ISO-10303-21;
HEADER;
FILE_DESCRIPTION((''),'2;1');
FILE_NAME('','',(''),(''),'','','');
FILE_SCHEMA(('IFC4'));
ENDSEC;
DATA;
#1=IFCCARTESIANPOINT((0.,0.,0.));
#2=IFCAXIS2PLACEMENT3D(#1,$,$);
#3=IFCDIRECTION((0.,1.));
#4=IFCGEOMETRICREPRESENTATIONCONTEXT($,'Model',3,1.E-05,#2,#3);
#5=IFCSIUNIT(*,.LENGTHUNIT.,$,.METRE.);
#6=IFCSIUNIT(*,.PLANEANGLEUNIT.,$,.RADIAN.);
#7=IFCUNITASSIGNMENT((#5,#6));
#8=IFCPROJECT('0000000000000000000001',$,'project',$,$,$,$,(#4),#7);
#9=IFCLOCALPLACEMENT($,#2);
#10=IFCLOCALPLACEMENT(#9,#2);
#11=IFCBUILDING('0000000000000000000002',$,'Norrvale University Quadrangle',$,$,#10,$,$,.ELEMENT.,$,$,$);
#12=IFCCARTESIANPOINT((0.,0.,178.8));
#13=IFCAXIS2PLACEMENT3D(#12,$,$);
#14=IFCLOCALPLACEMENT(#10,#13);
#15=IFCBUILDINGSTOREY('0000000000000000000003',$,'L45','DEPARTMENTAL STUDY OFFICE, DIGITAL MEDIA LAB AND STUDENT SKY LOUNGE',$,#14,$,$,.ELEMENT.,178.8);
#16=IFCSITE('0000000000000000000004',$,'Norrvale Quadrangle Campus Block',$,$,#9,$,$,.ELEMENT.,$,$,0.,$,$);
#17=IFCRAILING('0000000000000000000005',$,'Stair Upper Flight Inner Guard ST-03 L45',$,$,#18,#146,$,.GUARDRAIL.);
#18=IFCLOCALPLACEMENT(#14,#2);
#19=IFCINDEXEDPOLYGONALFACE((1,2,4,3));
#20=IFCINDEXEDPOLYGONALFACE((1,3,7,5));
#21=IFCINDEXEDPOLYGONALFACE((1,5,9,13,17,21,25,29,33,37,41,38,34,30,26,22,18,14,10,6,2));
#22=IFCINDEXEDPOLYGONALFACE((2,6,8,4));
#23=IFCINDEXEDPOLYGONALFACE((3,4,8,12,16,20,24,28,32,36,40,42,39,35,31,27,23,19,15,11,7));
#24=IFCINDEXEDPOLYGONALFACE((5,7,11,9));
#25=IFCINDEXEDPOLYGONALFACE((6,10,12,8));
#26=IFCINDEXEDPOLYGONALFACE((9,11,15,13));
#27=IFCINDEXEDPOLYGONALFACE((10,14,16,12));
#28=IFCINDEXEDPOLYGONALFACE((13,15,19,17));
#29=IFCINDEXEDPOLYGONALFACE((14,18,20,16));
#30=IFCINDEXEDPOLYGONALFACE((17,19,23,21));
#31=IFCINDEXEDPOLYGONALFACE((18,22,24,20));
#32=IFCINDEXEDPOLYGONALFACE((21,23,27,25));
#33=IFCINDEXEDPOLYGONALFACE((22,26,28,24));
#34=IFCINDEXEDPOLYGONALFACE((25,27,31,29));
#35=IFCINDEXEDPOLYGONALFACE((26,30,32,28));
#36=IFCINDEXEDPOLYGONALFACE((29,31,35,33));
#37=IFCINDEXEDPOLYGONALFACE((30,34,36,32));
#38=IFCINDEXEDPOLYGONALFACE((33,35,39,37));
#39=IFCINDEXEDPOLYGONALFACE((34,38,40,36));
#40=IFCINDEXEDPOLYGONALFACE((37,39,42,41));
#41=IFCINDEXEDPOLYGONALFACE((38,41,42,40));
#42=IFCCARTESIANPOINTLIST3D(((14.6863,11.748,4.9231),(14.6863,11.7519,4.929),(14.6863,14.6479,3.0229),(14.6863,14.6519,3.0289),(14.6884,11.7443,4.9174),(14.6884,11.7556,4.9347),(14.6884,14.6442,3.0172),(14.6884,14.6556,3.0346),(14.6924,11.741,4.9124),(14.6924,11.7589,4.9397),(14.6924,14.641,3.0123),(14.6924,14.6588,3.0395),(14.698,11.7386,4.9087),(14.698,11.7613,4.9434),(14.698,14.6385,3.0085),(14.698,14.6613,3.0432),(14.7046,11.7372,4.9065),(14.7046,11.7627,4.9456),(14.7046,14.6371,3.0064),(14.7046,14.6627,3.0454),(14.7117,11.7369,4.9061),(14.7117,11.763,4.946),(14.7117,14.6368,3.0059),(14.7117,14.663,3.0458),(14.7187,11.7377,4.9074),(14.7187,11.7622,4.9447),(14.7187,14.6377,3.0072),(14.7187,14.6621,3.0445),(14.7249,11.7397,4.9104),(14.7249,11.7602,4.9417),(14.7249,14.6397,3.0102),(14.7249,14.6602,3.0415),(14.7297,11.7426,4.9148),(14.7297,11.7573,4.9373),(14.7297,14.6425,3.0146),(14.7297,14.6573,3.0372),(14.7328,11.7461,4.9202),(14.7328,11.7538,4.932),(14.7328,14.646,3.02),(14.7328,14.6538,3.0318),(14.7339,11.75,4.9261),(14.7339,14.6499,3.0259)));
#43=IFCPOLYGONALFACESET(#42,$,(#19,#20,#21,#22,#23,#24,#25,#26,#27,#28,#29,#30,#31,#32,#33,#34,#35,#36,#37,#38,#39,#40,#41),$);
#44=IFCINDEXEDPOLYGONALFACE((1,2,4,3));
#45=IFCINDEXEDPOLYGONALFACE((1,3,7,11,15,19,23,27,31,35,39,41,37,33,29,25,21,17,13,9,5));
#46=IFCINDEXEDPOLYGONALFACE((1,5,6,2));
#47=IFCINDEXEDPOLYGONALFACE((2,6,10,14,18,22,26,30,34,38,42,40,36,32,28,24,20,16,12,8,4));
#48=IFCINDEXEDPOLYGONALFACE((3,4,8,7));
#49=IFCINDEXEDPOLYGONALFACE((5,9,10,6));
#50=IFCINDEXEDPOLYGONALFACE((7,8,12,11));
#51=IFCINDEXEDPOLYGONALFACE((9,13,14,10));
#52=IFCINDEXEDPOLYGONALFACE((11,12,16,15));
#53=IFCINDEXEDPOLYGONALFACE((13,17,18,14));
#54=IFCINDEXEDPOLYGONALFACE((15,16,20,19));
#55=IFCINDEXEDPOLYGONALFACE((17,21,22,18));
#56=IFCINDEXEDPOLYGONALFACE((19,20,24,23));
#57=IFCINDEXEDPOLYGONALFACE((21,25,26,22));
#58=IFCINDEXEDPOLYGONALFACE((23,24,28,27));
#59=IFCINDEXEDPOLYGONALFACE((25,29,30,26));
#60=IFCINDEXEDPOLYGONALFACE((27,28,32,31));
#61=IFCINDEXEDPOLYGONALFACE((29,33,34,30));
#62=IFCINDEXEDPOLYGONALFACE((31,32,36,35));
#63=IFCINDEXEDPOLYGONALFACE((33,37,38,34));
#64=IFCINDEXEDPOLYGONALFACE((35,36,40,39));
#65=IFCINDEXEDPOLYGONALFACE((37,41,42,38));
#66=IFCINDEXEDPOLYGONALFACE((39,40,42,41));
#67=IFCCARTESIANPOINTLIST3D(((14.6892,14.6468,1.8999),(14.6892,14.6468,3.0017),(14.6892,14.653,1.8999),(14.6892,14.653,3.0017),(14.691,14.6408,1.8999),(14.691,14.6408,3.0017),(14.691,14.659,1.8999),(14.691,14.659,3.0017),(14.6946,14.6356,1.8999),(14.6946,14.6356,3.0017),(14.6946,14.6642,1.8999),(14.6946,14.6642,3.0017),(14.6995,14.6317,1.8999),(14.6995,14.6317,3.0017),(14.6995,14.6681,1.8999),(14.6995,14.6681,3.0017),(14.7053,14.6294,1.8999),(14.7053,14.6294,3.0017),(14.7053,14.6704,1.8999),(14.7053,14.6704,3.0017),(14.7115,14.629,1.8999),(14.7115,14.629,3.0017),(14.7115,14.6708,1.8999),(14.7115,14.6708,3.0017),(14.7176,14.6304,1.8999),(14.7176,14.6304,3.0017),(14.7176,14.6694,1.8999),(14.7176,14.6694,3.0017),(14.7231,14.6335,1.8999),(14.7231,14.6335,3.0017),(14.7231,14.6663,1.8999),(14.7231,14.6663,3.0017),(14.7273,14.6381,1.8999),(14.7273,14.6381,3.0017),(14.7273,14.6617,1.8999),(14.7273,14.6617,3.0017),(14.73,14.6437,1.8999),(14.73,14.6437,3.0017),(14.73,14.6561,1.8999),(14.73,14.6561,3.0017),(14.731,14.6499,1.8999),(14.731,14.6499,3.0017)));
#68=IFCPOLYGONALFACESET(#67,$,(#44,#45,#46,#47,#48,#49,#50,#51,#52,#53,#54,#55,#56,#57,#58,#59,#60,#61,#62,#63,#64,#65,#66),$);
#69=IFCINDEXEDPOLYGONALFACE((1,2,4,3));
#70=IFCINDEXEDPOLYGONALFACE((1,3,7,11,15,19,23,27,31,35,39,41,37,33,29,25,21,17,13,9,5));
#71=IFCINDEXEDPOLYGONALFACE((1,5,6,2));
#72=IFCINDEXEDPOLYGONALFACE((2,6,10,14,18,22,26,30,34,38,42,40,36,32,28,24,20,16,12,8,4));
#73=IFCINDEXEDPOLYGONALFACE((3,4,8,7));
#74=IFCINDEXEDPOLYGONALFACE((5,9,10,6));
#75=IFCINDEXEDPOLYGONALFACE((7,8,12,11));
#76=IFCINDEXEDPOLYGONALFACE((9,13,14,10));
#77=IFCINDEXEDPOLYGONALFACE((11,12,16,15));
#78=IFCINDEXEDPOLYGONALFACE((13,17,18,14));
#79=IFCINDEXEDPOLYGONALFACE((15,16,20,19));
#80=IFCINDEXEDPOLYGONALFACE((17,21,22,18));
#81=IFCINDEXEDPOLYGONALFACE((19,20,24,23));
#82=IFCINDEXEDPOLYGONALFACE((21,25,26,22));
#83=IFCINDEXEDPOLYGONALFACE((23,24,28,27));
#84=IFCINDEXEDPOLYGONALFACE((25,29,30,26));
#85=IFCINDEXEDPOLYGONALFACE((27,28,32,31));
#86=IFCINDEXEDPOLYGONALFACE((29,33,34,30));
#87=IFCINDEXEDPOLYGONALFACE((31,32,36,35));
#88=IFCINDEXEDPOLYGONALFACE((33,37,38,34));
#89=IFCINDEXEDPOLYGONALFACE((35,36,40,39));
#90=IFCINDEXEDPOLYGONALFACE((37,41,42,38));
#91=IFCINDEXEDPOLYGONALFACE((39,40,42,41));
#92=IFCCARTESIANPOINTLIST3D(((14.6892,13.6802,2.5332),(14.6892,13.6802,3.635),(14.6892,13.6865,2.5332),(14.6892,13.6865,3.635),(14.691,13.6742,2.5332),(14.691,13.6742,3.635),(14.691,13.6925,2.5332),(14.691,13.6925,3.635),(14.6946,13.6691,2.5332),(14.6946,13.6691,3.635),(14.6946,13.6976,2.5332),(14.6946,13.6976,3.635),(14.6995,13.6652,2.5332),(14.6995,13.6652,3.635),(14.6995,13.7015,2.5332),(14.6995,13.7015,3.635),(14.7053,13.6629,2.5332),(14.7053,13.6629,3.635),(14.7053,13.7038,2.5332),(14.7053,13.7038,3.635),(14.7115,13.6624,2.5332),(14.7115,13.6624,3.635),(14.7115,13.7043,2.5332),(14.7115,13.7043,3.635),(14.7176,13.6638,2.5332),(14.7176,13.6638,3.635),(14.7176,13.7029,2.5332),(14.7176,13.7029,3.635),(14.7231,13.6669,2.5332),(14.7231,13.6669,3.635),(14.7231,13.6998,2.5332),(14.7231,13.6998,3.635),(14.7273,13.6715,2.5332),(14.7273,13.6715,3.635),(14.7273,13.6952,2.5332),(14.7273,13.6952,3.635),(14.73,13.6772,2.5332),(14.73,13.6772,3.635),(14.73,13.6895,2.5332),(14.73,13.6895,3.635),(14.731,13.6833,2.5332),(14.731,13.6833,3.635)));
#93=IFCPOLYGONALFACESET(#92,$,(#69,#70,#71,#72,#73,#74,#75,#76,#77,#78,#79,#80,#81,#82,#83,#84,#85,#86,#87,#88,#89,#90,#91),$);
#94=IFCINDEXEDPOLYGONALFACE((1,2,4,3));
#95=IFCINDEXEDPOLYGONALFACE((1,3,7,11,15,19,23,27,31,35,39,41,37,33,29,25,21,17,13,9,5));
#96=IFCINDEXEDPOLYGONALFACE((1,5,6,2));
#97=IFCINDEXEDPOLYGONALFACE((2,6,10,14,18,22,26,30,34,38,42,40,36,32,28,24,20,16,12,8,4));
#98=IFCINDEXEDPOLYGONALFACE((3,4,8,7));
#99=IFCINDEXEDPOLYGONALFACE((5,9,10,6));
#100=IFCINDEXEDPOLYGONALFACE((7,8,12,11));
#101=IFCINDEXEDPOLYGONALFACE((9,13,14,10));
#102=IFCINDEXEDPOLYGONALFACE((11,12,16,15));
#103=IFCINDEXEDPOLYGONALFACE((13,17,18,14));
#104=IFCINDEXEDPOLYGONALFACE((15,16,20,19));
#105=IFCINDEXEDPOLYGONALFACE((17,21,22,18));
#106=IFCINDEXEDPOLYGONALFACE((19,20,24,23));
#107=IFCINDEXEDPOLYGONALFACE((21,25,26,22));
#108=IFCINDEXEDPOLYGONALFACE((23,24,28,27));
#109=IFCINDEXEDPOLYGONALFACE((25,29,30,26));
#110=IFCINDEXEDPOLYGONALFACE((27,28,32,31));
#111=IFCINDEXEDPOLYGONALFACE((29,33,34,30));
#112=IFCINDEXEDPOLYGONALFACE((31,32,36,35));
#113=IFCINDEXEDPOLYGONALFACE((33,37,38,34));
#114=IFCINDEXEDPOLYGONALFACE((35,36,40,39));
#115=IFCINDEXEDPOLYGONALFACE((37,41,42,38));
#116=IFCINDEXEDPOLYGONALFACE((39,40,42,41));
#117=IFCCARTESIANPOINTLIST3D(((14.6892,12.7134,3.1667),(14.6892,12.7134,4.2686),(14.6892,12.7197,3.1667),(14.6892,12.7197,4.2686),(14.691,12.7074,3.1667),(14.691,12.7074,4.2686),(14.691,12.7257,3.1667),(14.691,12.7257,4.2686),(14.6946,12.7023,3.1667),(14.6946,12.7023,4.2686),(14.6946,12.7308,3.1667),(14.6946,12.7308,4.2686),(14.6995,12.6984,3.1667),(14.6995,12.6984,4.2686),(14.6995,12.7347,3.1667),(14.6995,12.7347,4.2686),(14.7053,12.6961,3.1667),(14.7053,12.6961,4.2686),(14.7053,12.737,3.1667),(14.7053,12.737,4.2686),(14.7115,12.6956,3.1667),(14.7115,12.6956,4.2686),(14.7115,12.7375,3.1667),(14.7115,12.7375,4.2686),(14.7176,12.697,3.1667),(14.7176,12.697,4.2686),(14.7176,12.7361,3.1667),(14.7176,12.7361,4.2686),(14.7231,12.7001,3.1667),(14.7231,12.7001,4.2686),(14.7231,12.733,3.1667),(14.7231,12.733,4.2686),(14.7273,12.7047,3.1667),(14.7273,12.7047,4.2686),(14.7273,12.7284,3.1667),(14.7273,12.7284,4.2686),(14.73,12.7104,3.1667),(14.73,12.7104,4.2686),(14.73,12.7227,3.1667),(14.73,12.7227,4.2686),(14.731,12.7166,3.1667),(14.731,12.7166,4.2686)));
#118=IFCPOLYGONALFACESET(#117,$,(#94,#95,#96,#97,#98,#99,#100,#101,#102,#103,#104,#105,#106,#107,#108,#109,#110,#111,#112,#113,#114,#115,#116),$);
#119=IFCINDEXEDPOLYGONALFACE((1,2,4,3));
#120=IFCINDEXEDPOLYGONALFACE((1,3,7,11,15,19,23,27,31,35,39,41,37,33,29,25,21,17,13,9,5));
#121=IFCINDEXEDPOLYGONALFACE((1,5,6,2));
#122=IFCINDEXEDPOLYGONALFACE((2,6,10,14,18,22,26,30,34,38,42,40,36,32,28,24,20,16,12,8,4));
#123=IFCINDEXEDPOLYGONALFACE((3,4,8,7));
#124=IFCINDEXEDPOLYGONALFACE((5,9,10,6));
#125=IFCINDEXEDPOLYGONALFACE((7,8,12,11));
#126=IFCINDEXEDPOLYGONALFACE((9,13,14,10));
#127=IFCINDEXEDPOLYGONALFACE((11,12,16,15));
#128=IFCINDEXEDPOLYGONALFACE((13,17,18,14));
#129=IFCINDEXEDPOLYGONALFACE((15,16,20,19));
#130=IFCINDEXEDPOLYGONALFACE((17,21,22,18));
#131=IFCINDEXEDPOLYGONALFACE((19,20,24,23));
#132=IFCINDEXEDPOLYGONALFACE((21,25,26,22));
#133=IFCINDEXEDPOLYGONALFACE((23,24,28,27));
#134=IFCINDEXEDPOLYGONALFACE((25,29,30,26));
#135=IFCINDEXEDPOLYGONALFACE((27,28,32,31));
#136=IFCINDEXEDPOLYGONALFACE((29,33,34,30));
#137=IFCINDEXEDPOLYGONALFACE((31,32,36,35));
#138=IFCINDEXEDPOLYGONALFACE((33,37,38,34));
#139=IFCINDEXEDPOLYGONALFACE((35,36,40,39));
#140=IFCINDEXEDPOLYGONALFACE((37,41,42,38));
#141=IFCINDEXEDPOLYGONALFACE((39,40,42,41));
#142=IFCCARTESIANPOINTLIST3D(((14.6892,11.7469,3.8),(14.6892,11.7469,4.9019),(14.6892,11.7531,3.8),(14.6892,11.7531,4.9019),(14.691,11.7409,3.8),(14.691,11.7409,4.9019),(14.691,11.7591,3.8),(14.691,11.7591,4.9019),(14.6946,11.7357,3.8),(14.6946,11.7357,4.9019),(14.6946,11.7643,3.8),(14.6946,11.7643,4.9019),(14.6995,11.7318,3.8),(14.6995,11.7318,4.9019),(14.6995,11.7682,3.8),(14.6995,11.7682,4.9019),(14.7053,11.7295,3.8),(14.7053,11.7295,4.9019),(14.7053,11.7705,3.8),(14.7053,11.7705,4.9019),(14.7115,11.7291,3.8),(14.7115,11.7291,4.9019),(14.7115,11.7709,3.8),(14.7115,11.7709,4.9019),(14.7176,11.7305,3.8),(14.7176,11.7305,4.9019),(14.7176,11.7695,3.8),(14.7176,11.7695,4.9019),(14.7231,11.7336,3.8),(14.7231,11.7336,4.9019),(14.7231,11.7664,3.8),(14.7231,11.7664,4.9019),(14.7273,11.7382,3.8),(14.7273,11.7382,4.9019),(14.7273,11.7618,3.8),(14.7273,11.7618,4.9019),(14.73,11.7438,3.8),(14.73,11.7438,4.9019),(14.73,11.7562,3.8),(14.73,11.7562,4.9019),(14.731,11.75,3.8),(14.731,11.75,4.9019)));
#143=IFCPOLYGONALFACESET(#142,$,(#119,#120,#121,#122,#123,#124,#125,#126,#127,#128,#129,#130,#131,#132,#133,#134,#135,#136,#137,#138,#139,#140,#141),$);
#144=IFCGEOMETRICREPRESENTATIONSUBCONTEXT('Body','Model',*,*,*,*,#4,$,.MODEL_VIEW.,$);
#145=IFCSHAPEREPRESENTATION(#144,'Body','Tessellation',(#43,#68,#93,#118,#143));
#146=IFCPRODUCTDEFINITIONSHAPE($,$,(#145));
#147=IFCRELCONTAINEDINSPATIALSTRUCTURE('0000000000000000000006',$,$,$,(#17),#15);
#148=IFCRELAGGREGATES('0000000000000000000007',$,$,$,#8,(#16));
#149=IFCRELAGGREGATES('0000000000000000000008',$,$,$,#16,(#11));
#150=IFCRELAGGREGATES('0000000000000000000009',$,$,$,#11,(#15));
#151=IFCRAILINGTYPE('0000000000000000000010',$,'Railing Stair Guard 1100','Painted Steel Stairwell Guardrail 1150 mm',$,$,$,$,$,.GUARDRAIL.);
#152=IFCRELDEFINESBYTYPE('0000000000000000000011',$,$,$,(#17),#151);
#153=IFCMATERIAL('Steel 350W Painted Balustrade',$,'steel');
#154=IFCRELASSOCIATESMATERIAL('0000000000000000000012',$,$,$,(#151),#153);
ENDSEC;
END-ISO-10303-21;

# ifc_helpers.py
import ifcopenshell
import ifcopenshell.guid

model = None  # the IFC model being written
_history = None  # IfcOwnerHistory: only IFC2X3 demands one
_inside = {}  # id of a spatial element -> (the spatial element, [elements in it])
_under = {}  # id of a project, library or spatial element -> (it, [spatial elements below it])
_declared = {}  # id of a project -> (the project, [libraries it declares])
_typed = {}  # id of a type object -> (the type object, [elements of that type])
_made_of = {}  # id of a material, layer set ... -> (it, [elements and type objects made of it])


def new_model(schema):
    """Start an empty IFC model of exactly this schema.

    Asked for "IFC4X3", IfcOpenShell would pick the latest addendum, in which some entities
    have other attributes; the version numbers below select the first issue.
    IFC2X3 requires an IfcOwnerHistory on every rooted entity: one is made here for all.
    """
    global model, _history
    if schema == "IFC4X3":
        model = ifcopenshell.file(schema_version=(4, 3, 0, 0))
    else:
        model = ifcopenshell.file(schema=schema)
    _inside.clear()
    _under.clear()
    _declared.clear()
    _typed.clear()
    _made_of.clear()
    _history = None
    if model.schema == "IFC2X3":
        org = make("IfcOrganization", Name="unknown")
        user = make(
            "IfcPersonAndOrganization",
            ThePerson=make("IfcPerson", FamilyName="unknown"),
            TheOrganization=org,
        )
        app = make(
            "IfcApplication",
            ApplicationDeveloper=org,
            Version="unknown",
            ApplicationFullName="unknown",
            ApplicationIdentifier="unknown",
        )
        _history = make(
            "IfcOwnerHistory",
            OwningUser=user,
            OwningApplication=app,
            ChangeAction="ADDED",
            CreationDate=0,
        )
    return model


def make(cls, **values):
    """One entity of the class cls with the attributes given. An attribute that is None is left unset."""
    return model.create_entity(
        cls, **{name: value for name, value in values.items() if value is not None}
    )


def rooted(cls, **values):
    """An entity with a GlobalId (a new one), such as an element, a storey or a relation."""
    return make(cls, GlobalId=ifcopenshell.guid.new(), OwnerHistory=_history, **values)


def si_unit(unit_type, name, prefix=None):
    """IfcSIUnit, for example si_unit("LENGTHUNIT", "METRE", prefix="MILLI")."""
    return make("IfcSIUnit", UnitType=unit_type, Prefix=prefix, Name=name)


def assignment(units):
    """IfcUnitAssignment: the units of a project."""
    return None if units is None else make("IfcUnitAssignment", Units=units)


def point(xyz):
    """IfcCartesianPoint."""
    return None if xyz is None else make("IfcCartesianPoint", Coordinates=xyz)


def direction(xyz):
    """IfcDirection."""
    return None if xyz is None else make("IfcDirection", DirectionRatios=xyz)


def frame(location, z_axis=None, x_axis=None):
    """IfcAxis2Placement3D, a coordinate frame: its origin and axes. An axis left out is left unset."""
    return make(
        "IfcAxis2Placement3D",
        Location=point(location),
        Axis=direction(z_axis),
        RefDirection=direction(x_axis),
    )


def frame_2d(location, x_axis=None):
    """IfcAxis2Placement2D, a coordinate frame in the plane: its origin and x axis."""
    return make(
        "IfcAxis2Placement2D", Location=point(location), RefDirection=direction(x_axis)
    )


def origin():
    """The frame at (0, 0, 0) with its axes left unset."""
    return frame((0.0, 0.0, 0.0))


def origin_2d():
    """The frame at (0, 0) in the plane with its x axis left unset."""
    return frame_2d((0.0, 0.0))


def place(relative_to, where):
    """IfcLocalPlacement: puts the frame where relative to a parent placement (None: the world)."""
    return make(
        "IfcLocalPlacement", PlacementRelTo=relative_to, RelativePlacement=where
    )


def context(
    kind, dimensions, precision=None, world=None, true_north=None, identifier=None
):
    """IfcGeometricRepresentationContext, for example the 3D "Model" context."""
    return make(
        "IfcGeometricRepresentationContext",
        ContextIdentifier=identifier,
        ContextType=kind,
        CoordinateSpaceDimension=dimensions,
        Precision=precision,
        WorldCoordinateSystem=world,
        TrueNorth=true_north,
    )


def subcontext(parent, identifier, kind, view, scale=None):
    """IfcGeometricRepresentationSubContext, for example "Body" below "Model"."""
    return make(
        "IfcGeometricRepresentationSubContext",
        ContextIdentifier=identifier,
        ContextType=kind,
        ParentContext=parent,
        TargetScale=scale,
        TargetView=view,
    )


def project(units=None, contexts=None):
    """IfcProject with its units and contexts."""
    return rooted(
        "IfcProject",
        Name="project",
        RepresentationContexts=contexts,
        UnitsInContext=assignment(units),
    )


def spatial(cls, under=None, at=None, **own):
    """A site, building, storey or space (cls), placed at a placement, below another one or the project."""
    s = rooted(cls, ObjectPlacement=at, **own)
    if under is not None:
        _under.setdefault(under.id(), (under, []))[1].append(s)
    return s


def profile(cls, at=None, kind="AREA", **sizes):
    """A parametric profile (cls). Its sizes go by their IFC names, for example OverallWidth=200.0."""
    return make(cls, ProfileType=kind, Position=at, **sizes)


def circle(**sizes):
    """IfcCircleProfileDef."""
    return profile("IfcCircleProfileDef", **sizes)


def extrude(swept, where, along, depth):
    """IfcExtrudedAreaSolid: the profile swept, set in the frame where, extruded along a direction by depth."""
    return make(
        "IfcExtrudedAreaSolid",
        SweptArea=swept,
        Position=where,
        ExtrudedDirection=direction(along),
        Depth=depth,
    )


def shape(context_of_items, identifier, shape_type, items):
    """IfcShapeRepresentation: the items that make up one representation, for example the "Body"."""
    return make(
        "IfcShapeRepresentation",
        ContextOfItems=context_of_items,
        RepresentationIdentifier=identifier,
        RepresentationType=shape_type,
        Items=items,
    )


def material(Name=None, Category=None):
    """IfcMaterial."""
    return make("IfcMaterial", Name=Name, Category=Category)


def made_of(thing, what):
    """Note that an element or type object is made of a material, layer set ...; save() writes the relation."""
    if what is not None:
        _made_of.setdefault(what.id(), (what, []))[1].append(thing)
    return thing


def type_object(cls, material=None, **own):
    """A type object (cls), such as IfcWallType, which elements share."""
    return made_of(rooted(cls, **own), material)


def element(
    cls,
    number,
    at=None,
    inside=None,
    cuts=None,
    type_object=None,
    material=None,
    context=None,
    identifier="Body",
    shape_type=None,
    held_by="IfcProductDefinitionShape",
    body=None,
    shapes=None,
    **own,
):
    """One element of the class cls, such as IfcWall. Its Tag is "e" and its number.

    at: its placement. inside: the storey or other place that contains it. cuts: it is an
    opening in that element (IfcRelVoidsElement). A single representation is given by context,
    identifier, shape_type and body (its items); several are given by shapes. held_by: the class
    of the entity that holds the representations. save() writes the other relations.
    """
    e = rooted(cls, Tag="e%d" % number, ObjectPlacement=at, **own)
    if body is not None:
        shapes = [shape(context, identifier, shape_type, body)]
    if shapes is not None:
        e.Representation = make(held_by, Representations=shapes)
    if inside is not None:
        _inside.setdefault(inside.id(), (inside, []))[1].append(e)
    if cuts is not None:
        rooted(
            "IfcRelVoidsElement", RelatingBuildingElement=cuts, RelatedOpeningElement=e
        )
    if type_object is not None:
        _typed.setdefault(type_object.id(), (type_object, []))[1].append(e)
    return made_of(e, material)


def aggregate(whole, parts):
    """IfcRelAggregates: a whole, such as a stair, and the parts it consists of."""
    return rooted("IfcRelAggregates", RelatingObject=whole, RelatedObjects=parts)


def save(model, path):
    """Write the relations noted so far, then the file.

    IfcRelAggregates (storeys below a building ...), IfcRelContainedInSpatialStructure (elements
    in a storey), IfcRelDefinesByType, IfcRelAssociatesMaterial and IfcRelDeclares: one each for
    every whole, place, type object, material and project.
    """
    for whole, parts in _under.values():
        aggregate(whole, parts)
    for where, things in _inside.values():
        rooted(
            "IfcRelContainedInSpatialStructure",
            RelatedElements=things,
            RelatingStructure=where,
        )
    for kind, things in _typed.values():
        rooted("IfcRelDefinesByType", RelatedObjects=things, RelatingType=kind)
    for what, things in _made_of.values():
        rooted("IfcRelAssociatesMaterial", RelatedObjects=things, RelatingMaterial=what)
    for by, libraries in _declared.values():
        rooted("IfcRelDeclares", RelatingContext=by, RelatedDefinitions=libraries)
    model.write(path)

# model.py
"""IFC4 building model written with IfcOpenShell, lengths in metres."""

from ifc_helpers import new_model, si_unit, direction, frame, origin, origin_2d, place, context, subcontext, project, spatial, circle, extrude, material, type_object, element, save


model = new_model("IFC4")

# Units and contexts
model_context = context("Model", 3, precision=1e-05, world=origin(), true_north=direction((0.0, 1.0)))
body_context = subcontext(model_context, "Body", "Model", "MODEL_VIEW")
ifc_project = project(units=[si_unit("LENGTHUNIT", "METRE"), si_unit("PLANEANGLEUNIT", "RADIAN")], contexts=[model_context])

# Site, building, storey
site_placement = place(None, origin())
site = spatial("IfcSite", under=ifc_project, at=site_placement, Name="Norrvale Quadrangle Campus Block", CompositionType="ELEMENT", RefElevation=0.0)
building_placement = place(site_placement, origin())
building = spatial("IfcBuilding", under=site, at=building_placement, Name="Norrvale University Quadrangle", CompositionType="ELEMENT")
storey_placement = place(building_placement, frame((0.0, 0.0, 178.8)))
storey = spatial("IfcBuildingStorey", under=building, at=storey_placement, Name="L45", Description="DEPARTMENTAL STUDY OFFICE, DIGITAL MEDIA LAB AND STUDENT SKY LOUNGE", CompositionType="ELEMENT", Elevation=178.8)

# Railing
ifc_material_1 = material(Name="Steel 350W Painted Balustrade", Category="steel")
railing_type_1 = type_object("IfcRailingType", Name="Railing Stair Guard 1100", Description="Painted Steel Stairwell Guardrail 1150 mm", PredefinedType="GUARDRAIL", material=ifc_material_1)
railing_1_placement = place(storey_placement, frame((14.71, 14.6499, 1.8999)))
element("IfcRailing", 1, at=railing_1_placement, inside=storey, type_object=railing_type_1, Name="Stair Upper Flight Inner Guard ST-03 L45", PredefinedType="GUARDRAIL", context=body_context, shape_type="SweptSolid", body=[
    extrude(circle(Radius=0.0239, at=origin_2d()), frame((0.0, 0.0, 1.126), z_axis=(0.0, -0.836433, 0.548069), x_axis=(1.0, 0.0, 0.0)), (0.0, 0.0, 1.0), 3.467),
    extrude(circle(Radius=0.021, at=origin_2d()), origin(), (0.0, 0.0, 1.0), 1.1018),
    extrude(circle(Radius=0.021, at=origin_2d()), frame((0.0, -0.9666, 0.6333)), (0.0, 0.0, 1.0), 1.1018),
    extrude(circle(Radius=0.021, at=origin_2d()), frame((0.0, -1.9333, 1.2668)), (0.0, 0.0, 1.0), 1.1018),
    extrude(circle(Radius=0.021, at=origin_2d()), frame((0.0, -2.8999, 1.9001)), (0.0, 0.0, 1.0), 1.1018),
])

save(model, "model.ifc")
